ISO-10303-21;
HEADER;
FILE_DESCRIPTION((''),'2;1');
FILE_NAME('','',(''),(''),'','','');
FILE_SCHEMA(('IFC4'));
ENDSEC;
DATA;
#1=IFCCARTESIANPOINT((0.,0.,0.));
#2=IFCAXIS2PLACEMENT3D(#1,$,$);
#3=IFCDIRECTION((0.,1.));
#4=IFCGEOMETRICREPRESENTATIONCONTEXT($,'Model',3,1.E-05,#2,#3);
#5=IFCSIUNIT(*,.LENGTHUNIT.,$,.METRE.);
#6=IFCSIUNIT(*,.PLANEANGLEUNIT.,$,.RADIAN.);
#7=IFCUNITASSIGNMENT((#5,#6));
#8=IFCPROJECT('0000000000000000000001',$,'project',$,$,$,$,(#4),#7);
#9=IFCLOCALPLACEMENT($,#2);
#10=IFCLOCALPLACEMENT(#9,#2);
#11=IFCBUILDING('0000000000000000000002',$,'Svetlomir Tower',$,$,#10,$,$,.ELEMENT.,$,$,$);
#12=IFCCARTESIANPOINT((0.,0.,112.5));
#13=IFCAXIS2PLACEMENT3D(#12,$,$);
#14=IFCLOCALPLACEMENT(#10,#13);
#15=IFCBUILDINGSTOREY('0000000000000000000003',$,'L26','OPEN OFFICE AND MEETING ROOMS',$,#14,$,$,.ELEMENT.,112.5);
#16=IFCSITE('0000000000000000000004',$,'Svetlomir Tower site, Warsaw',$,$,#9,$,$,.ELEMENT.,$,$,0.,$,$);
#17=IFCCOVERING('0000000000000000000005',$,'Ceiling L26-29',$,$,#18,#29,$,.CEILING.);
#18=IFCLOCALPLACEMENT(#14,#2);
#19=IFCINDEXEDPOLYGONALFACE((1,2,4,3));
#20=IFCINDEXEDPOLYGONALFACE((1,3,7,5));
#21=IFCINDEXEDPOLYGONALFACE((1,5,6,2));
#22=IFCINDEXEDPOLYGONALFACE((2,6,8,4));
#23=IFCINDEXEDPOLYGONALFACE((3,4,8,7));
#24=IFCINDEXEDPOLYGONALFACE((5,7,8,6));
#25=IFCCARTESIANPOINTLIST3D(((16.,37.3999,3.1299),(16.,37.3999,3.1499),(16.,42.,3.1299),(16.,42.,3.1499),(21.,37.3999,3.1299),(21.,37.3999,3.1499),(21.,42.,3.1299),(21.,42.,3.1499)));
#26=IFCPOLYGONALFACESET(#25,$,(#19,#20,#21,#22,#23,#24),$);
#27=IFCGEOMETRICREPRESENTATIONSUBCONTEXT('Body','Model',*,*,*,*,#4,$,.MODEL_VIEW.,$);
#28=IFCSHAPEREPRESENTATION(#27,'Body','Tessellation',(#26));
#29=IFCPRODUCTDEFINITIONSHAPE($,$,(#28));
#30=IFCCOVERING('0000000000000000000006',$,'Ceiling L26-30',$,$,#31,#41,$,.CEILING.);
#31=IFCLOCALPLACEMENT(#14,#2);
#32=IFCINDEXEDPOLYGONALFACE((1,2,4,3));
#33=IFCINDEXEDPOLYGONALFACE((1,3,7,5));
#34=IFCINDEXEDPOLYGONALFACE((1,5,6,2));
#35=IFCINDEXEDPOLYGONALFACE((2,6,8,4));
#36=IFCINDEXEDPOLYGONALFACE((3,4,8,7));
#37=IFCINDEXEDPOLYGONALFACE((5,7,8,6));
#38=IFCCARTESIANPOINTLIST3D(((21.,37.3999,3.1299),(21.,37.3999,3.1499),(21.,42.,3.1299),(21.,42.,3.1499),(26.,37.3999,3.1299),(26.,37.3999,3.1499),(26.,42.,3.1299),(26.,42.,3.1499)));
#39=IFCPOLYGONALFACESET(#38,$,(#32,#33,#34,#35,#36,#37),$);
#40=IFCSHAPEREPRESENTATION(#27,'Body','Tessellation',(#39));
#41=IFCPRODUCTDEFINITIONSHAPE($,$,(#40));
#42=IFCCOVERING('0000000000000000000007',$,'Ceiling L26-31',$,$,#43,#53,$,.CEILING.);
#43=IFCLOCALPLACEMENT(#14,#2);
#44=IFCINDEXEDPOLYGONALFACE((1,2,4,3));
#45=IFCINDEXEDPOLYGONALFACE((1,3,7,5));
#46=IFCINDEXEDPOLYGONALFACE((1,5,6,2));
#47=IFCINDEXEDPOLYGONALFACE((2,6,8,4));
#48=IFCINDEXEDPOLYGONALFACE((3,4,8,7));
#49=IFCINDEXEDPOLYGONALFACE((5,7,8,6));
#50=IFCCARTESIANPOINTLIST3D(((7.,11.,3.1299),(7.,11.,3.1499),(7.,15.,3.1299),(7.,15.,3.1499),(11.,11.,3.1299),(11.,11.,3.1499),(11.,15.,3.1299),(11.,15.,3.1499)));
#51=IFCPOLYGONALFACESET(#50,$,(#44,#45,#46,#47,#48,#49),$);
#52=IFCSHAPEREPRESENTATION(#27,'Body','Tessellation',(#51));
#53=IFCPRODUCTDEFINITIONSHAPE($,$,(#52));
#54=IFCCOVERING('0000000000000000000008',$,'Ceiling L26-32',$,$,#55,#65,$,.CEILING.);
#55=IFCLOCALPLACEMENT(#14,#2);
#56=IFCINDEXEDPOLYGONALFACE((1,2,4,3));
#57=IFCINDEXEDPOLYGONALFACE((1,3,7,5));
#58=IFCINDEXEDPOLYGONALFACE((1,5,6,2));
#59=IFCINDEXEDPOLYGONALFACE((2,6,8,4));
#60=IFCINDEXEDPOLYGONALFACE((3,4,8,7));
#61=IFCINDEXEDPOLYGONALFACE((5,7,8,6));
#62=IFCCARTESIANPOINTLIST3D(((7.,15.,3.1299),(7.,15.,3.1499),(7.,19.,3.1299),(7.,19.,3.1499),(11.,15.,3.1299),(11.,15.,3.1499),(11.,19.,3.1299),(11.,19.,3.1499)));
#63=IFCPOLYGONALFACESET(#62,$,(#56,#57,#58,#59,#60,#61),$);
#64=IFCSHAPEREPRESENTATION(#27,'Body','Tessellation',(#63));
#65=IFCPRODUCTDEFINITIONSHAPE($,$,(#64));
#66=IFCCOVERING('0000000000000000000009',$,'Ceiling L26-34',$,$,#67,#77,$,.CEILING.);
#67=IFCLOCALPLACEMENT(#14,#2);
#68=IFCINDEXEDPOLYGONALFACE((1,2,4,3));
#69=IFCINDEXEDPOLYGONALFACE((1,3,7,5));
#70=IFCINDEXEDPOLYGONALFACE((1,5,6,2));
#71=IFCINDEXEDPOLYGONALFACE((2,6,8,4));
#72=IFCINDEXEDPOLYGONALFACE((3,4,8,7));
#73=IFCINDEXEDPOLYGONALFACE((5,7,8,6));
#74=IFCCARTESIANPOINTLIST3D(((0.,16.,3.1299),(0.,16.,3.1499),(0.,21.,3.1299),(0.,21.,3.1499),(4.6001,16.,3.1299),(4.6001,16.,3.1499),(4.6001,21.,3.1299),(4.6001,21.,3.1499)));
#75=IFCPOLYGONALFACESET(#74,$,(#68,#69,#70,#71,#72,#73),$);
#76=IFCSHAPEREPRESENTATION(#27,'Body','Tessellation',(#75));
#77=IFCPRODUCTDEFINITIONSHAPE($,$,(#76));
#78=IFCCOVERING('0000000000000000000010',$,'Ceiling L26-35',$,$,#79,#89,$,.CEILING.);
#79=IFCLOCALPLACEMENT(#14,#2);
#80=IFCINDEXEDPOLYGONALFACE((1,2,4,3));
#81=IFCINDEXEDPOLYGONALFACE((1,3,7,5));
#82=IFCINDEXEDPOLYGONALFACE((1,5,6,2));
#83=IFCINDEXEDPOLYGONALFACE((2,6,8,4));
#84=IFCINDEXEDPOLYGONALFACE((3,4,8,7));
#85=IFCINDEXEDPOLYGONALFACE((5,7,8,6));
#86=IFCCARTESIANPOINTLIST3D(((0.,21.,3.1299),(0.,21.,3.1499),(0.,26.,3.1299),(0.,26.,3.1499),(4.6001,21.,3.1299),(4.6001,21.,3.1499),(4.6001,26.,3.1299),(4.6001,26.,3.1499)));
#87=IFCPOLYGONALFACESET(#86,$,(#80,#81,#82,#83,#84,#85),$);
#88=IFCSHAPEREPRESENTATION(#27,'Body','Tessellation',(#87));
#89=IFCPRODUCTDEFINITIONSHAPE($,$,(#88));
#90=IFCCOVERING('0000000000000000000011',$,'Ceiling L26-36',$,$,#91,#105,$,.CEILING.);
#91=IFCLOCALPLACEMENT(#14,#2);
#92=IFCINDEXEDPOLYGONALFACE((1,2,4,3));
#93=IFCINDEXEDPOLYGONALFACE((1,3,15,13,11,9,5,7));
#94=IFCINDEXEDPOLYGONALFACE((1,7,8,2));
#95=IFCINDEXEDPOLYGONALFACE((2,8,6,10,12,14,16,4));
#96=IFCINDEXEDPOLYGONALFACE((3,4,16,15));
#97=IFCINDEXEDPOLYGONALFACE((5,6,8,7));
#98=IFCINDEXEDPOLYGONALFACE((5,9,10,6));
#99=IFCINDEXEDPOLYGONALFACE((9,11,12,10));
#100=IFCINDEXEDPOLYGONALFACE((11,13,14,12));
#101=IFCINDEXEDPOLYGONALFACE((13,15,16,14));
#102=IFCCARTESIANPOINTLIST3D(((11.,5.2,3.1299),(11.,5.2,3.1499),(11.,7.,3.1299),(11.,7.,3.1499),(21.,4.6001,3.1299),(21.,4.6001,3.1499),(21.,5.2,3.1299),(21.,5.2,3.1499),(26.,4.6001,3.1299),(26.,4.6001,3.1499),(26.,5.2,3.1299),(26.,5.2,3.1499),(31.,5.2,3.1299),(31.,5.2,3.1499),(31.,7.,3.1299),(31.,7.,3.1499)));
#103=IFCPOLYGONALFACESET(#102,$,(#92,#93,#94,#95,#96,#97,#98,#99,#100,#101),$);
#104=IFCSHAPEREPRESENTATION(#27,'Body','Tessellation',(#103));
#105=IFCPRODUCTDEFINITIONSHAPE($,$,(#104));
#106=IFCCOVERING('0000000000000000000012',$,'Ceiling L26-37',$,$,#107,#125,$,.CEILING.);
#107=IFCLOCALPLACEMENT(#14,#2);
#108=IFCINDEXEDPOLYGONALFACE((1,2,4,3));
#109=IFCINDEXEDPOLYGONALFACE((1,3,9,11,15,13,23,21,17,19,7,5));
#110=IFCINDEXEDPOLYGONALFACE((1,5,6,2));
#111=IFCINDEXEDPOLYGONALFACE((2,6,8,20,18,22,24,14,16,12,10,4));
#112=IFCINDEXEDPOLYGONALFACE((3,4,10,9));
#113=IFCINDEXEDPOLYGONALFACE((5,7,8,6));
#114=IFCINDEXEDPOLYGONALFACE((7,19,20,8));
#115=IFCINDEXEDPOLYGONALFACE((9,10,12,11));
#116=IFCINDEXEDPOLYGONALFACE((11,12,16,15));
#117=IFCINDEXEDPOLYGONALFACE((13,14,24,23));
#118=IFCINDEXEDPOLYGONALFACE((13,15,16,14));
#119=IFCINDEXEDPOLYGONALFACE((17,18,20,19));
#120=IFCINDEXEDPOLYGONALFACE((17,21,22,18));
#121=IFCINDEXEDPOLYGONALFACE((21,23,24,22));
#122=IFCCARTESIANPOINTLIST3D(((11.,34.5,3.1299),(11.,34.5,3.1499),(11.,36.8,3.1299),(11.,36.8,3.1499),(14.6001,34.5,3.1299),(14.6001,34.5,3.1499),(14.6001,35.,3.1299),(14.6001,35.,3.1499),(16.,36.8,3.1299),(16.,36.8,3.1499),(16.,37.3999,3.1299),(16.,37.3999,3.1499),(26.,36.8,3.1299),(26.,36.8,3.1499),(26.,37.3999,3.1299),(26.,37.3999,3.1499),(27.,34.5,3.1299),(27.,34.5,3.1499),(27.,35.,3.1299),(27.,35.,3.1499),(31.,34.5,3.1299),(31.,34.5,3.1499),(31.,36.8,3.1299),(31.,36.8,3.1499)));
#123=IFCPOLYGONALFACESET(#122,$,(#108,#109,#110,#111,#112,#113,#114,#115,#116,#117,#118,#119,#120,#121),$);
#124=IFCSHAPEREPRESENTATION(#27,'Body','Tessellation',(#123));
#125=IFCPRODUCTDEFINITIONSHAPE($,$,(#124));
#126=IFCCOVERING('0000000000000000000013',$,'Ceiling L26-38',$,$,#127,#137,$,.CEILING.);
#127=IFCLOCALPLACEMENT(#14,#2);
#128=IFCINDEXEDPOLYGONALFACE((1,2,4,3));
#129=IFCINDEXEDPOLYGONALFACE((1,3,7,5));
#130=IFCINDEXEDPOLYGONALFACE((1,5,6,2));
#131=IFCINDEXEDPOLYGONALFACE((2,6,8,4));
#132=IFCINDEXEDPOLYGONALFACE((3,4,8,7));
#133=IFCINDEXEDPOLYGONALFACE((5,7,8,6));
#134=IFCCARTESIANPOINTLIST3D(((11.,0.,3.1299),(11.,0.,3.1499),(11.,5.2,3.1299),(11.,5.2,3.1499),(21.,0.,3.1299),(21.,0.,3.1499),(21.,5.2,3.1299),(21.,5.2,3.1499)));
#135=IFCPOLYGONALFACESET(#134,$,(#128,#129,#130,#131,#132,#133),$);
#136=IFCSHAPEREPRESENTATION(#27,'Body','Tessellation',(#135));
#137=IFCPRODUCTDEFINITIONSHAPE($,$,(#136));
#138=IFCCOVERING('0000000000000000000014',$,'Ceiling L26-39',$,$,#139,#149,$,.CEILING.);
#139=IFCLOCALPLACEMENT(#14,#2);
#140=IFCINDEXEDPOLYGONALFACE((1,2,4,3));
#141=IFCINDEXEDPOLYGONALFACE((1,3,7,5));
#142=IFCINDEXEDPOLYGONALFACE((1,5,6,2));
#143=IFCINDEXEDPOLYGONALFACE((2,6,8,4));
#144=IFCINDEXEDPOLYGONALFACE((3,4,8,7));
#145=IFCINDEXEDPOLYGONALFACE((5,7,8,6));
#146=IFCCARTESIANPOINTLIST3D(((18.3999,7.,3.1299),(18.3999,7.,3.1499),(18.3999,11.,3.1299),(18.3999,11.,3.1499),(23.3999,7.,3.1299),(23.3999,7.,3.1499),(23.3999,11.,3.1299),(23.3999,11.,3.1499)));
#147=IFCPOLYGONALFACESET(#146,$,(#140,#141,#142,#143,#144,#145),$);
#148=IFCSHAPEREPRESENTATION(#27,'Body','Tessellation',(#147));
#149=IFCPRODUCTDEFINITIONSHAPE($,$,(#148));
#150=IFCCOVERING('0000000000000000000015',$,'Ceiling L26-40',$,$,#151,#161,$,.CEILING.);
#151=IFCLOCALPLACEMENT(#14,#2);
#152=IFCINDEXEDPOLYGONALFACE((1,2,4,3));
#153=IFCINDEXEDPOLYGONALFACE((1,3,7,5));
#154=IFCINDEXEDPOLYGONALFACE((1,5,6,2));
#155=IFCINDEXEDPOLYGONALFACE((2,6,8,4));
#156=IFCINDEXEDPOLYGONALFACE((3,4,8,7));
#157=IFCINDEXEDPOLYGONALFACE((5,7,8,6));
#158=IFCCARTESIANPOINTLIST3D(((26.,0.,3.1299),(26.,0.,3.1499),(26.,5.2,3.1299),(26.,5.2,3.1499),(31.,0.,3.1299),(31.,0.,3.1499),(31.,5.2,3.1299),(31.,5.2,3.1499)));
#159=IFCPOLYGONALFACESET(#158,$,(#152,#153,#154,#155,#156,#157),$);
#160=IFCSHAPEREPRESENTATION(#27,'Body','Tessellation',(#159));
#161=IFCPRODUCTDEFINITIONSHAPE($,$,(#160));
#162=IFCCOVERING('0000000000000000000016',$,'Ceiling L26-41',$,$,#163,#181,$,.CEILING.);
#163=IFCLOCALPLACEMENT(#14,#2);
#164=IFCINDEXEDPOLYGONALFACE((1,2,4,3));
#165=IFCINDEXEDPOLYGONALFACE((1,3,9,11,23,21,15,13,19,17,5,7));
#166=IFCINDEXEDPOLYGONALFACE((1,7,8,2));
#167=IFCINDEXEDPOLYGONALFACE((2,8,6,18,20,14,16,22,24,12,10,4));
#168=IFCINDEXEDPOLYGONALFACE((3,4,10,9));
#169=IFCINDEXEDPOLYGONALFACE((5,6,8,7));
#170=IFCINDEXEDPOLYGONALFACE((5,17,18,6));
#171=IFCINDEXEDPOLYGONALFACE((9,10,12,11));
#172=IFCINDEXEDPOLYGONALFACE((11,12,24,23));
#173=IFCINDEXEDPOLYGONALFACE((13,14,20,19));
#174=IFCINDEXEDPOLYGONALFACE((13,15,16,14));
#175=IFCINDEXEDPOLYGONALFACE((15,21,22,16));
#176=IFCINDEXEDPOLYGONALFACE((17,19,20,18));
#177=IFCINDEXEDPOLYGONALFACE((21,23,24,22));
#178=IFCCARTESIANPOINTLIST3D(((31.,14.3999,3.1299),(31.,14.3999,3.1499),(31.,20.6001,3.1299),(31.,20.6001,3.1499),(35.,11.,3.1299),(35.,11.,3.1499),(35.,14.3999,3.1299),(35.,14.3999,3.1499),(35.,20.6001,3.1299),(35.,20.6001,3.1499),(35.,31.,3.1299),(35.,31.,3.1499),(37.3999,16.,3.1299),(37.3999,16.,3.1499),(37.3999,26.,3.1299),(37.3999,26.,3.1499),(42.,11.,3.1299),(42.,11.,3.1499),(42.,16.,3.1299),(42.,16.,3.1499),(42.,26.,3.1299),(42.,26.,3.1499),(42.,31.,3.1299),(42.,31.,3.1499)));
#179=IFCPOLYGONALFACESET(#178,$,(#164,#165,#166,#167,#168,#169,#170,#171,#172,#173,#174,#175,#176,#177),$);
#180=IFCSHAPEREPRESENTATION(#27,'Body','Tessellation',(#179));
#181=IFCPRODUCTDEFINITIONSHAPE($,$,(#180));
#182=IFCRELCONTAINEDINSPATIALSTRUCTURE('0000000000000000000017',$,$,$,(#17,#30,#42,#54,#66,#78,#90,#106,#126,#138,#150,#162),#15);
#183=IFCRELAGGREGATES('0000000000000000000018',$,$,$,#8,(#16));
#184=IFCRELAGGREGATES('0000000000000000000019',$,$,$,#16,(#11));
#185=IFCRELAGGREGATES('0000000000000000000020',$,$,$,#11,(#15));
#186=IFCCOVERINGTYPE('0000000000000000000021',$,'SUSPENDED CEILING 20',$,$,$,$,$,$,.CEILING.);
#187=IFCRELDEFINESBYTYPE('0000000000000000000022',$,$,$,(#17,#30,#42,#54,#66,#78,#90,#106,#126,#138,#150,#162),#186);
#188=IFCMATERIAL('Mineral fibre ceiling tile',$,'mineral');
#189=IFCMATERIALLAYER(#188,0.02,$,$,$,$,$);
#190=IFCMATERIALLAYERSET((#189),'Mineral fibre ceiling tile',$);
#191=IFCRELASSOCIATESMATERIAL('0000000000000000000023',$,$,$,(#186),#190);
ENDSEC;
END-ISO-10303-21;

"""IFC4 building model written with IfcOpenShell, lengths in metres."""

from ifc_helpers import new_model, si_unit, direction, frame, origin, place, context, subcontext, project, spatial, polyline, outline, extrude, material, layer, layer_set, type_object, element, save


model = new_model("IFC4")

# Units and contexts
model_context = context("Model", 3, precision=1e-05, world=origin(), true_north=direction((0.0, 1.0)))
body_context = subcontext(model_context, "Body", "Model", "MODEL_VIEW")
ifc_project = project(units=[si_unit("LENGTHUNIT", "METRE"), si_unit("PLANEANGLEUNIT", "RADIAN")], contexts=[model_context])

# Site, building, storey
site_placement = place(None, origin())
site = spatial("IfcSite", under=ifc_project, at=site_placement, Name="Svetlomir Tower site, Warsaw", CompositionType="ELEMENT", RefElevation=0.0)
building_placement = place(site_placement, origin())
building = spatial("IfcBuilding", under=site, at=building_placement, Name="Svetlomir Tower", CompositionType="ELEMENT")
storey_placement = place(building_placement, frame((0.0, 0.0, 112.5)))
storey = spatial("IfcBuildingStorey", under=building, at=storey_placement, Name="L26", Description="OPEN OFFICE AND MEETING ROOMS", CompositionType="ELEMENT", Elevation=112.5)

# Coverings
ifc_material_1 = material(Name="Mineral fibre ceiling tile", Category="mineral")
ifc_layer_1 = layer(ifc_material_1, 0.02)
ifc_layer_set_1 = layer_set([ifc_layer_1], Name="Mineral fibre ceiling tile")
covering_type_1 = type_object("IfcCoveringType", Name="SUSPENDED CEILING 20", PredefinedType="CEILING", material=ifc_layer_set_1)
covering_1_placement = place(storey_placement, frame((0.0, 0.0, 3.1299)))
element("IfcCovering", 1, at=covering_1_placement, inside=storey, type_object=covering_type_1, Name="Ceiling L26-29", PredefinedType="CEILING", context=body_context, shape_type="SweptSolid", body=[
    extrude(outline(polyline([(16.0, 37.3999), (21.0, 37.3999), (21.0, 42.0), (16.0, 42.0), (16.0, 37.3999)])), origin(), (0.0, 0.0, 1.0), 0.02),
])
covering_2_placement = place(storey_placement, frame((0.0, 0.0, 3.1299)))
element("IfcCovering", 2, at=covering_2_placement, inside=storey, type_object=covering_type_1, Name="Ceiling L26-30", PredefinedType="CEILING", context=body_context, shape_type="SweptSolid", body=[
    extrude(outline(polyline([(21.0, 37.3999), (26.0, 37.3999), (26.0, 42.0), (21.0, 42.0), (21.0, 37.3999)])), origin(), (0.0, 0.0, 1.0), 0.02),
])
covering_3_placement = place(storey_placement, frame((0.0, 0.0, 3.1299)))
element("IfcCovering", 3, at=covering_3_placement, inside=storey, type_object=covering_type_1, Name="Ceiling L26-31", PredefinedType="CEILING", context=body_context, shape_type="SweptSolid", body=[
    extrude(outline(polyline([(7.0, 11.0), (11.0, 11.0), (11.0, 15.0), (7.0, 15.0), (7.0, 11.0)])), origin(), (0.0, 0.0, 1.0), 0.02),
])
covering_4_placement = place(storey_placement, frame((0.0, 0.0, 3.1299)))
element("IfcCovering", 4, at=covering_4_placement, inside=storey, type_object=covering_type_1, Name="Ceiling L26-32", PredefinedType="CEILING", context=body_context, shape_type="SweptSolid", body=[
    extrude(outline(polyline([(7.0, 15.0), (11.0, 15.0), (11.0, 19.0), (7.0, 19.0), (7.0, 15.0)])), origin(), (0.0, 0.0, 1.0), 0.02),
])
covering_5_placement = place(storey_placement, frame((0.0, 0.0, 3.1299)))
element("IfcCovering", 5, at=covering_5_placement, inside=storey, type_object=covering_type_1, Name="Ceiling L26-34", PredefinedType="CEILING", context=body_context, shape_type="SweptSolid", body=[
    extrude(outline(polyline([(0.0, 16.0), (4.6001, 16.0), (4.6001, 21.0), (0.0, 21.0), (0.0, 16.0)])), origin(), (0.0, 0.0, 1.0), 0.02),
])
covering_6_placement = place(storey_placement, frame((0.0, 0.0, 3.1299)))
element("IfcCovering", 6, at=covering_6_placement, inside=storey, type_object=covering_type_1, Name="Ceiling L26-35", PredefinedType="CEILING", context=body_context, shape_type="SweptSolid", body=[
    extrude(outline(polyline([(0.0, 21.0), (4.6001, 21.0), (4.6001, 26.0), (0.0, 26.0), (0.0, 21.0)])), origin(), (0.0, 0.0, 1.0), 0.02),
])
covering_7_placement = place(storey_placement, frame((0.0, 0.0, 3.1299)))
element("IfcCovering", 7, at=covering_7_placement, inside=storey, type_object=covering_type_1, Name="Ceiling L26-36", PredefinedType="CEILING", context=body_context, shape_type="SweptSolid", body=[
    extrude(outline(polyline([(21.0, 4.6001), (21.0, 5.2), (11.0, 5.2), (11.0, 7.0), (31.0, 7.0), (31.0, 5.2), (26.0, 5.2), (26.0, 4.6001), (21.0, 4.6001)])), origin(), (0.0, 0.0, 1.0), 0.02),
])
covering_8_placement = place(storey_placement, frame((0.0, 0.0, 3.1299)))
element("IfcCovering", 8, at=covering_8_placement, inside=storey, type_object=covering_type_1, Name="Ceiling L26-37", PredefinedType="CEILING", context=body_context, shape_type="SweptSolid", body=[
    extrude(outline(polyline([(14.6001, 34.5), (11.0, 34.5), (11.0, 36.8), (16.0, 36.8), (16.0, 37.3999), (26.0, 37.3999), (26.0, 36.8), (31.0, 36.8), (31.0, 34.5), (27.0, 34.5), (27.0, 35.0), (14.6001, 35.0), (14.6001, 34.5)])), origin(), (0.0, 0.0, 1.0), 0.02),
])
covering_9_placement = place(storey_placement, frame((0.0, 0.0, 3.1299)))
element("IfcCovering", 9, at=covering_9_placement, inside=storey, type_object=covering_type_1, Name="Ceiling L26-38", PredefinedType="CEILING", context=body_context, shape_type="SweptSolid", body=[
    extrude(outline(polyline([(21.0, 5.2), (21.0, 0.0), (11.0, 0.0), (11.0, 5.2), (21.0, 5.2)])), origin(), (0.0, 0.0, 1.0), 0.02),
])
covering_10_placement = place(storey_placement, frame((0.0, 0.0, 3.1299)))
element("IfcCovering", 10, at=covering_10_placement, inside=storey, type_object=covering_type_1, Name="Ceiling L26-39", PredefinedType="CEILING", context=body_context, shape_type="SweptSolid", body=[
    extrude(outline(polyline([(23.3999, 11.0), (23.3999, 7.0), (18.3999, 7.0), (18.3999, 11.0), (23.3999, 11.0)])), origin(), (0.0, 0.0, 1.0), 0.02),
])
covering_11_placement = place(storey_placement, frame((0.0, 0.0, 3.1299)))
element("IfcCovering", 11, at=covering_11_placement, inside=storey, type_object=covering_type_1, Name="Ceiling L26-40", PredefinedType="CEILING", context=body_context, shape_type="SweptSolid", body=[
    extrude(outline(polyline([(26.0, 0.0), (26.0, 5.2), (31.0, 5.2), (31.0, 0.0), (26.0, 0.0)])), origin(), (0.0, 0.0, 1.0), 0.02),
])
covering_12_placement = place(storey_placement, frame((0.0, 0.0, 3.1299)))
element("IfcCovering", 12, at=covering_12_placement, inside=storey, type_object=covering_type_1, Name="Ceiling L26-41", PredefinedType="CEILING", context=body_context, shape_type="SweptSolid", body=[
    extrude(outline(polyline([(35.0, 14.3999), (31.0, 14.3999), (31.0, 20.6001), (35.0, 20.6001), (35.0, 31.0), (42.0, 31.0), (42.0, 26.0), (37.3999, 26.0), (37.3999, 16.0), (42.0, 16.0), (42.0, 11.0), (35.0, 11.0), (35.0, 14.3999)])), origin(), (0.0, 0.0, 1.0), 0.02),
])

save(model, "model.ifc")
